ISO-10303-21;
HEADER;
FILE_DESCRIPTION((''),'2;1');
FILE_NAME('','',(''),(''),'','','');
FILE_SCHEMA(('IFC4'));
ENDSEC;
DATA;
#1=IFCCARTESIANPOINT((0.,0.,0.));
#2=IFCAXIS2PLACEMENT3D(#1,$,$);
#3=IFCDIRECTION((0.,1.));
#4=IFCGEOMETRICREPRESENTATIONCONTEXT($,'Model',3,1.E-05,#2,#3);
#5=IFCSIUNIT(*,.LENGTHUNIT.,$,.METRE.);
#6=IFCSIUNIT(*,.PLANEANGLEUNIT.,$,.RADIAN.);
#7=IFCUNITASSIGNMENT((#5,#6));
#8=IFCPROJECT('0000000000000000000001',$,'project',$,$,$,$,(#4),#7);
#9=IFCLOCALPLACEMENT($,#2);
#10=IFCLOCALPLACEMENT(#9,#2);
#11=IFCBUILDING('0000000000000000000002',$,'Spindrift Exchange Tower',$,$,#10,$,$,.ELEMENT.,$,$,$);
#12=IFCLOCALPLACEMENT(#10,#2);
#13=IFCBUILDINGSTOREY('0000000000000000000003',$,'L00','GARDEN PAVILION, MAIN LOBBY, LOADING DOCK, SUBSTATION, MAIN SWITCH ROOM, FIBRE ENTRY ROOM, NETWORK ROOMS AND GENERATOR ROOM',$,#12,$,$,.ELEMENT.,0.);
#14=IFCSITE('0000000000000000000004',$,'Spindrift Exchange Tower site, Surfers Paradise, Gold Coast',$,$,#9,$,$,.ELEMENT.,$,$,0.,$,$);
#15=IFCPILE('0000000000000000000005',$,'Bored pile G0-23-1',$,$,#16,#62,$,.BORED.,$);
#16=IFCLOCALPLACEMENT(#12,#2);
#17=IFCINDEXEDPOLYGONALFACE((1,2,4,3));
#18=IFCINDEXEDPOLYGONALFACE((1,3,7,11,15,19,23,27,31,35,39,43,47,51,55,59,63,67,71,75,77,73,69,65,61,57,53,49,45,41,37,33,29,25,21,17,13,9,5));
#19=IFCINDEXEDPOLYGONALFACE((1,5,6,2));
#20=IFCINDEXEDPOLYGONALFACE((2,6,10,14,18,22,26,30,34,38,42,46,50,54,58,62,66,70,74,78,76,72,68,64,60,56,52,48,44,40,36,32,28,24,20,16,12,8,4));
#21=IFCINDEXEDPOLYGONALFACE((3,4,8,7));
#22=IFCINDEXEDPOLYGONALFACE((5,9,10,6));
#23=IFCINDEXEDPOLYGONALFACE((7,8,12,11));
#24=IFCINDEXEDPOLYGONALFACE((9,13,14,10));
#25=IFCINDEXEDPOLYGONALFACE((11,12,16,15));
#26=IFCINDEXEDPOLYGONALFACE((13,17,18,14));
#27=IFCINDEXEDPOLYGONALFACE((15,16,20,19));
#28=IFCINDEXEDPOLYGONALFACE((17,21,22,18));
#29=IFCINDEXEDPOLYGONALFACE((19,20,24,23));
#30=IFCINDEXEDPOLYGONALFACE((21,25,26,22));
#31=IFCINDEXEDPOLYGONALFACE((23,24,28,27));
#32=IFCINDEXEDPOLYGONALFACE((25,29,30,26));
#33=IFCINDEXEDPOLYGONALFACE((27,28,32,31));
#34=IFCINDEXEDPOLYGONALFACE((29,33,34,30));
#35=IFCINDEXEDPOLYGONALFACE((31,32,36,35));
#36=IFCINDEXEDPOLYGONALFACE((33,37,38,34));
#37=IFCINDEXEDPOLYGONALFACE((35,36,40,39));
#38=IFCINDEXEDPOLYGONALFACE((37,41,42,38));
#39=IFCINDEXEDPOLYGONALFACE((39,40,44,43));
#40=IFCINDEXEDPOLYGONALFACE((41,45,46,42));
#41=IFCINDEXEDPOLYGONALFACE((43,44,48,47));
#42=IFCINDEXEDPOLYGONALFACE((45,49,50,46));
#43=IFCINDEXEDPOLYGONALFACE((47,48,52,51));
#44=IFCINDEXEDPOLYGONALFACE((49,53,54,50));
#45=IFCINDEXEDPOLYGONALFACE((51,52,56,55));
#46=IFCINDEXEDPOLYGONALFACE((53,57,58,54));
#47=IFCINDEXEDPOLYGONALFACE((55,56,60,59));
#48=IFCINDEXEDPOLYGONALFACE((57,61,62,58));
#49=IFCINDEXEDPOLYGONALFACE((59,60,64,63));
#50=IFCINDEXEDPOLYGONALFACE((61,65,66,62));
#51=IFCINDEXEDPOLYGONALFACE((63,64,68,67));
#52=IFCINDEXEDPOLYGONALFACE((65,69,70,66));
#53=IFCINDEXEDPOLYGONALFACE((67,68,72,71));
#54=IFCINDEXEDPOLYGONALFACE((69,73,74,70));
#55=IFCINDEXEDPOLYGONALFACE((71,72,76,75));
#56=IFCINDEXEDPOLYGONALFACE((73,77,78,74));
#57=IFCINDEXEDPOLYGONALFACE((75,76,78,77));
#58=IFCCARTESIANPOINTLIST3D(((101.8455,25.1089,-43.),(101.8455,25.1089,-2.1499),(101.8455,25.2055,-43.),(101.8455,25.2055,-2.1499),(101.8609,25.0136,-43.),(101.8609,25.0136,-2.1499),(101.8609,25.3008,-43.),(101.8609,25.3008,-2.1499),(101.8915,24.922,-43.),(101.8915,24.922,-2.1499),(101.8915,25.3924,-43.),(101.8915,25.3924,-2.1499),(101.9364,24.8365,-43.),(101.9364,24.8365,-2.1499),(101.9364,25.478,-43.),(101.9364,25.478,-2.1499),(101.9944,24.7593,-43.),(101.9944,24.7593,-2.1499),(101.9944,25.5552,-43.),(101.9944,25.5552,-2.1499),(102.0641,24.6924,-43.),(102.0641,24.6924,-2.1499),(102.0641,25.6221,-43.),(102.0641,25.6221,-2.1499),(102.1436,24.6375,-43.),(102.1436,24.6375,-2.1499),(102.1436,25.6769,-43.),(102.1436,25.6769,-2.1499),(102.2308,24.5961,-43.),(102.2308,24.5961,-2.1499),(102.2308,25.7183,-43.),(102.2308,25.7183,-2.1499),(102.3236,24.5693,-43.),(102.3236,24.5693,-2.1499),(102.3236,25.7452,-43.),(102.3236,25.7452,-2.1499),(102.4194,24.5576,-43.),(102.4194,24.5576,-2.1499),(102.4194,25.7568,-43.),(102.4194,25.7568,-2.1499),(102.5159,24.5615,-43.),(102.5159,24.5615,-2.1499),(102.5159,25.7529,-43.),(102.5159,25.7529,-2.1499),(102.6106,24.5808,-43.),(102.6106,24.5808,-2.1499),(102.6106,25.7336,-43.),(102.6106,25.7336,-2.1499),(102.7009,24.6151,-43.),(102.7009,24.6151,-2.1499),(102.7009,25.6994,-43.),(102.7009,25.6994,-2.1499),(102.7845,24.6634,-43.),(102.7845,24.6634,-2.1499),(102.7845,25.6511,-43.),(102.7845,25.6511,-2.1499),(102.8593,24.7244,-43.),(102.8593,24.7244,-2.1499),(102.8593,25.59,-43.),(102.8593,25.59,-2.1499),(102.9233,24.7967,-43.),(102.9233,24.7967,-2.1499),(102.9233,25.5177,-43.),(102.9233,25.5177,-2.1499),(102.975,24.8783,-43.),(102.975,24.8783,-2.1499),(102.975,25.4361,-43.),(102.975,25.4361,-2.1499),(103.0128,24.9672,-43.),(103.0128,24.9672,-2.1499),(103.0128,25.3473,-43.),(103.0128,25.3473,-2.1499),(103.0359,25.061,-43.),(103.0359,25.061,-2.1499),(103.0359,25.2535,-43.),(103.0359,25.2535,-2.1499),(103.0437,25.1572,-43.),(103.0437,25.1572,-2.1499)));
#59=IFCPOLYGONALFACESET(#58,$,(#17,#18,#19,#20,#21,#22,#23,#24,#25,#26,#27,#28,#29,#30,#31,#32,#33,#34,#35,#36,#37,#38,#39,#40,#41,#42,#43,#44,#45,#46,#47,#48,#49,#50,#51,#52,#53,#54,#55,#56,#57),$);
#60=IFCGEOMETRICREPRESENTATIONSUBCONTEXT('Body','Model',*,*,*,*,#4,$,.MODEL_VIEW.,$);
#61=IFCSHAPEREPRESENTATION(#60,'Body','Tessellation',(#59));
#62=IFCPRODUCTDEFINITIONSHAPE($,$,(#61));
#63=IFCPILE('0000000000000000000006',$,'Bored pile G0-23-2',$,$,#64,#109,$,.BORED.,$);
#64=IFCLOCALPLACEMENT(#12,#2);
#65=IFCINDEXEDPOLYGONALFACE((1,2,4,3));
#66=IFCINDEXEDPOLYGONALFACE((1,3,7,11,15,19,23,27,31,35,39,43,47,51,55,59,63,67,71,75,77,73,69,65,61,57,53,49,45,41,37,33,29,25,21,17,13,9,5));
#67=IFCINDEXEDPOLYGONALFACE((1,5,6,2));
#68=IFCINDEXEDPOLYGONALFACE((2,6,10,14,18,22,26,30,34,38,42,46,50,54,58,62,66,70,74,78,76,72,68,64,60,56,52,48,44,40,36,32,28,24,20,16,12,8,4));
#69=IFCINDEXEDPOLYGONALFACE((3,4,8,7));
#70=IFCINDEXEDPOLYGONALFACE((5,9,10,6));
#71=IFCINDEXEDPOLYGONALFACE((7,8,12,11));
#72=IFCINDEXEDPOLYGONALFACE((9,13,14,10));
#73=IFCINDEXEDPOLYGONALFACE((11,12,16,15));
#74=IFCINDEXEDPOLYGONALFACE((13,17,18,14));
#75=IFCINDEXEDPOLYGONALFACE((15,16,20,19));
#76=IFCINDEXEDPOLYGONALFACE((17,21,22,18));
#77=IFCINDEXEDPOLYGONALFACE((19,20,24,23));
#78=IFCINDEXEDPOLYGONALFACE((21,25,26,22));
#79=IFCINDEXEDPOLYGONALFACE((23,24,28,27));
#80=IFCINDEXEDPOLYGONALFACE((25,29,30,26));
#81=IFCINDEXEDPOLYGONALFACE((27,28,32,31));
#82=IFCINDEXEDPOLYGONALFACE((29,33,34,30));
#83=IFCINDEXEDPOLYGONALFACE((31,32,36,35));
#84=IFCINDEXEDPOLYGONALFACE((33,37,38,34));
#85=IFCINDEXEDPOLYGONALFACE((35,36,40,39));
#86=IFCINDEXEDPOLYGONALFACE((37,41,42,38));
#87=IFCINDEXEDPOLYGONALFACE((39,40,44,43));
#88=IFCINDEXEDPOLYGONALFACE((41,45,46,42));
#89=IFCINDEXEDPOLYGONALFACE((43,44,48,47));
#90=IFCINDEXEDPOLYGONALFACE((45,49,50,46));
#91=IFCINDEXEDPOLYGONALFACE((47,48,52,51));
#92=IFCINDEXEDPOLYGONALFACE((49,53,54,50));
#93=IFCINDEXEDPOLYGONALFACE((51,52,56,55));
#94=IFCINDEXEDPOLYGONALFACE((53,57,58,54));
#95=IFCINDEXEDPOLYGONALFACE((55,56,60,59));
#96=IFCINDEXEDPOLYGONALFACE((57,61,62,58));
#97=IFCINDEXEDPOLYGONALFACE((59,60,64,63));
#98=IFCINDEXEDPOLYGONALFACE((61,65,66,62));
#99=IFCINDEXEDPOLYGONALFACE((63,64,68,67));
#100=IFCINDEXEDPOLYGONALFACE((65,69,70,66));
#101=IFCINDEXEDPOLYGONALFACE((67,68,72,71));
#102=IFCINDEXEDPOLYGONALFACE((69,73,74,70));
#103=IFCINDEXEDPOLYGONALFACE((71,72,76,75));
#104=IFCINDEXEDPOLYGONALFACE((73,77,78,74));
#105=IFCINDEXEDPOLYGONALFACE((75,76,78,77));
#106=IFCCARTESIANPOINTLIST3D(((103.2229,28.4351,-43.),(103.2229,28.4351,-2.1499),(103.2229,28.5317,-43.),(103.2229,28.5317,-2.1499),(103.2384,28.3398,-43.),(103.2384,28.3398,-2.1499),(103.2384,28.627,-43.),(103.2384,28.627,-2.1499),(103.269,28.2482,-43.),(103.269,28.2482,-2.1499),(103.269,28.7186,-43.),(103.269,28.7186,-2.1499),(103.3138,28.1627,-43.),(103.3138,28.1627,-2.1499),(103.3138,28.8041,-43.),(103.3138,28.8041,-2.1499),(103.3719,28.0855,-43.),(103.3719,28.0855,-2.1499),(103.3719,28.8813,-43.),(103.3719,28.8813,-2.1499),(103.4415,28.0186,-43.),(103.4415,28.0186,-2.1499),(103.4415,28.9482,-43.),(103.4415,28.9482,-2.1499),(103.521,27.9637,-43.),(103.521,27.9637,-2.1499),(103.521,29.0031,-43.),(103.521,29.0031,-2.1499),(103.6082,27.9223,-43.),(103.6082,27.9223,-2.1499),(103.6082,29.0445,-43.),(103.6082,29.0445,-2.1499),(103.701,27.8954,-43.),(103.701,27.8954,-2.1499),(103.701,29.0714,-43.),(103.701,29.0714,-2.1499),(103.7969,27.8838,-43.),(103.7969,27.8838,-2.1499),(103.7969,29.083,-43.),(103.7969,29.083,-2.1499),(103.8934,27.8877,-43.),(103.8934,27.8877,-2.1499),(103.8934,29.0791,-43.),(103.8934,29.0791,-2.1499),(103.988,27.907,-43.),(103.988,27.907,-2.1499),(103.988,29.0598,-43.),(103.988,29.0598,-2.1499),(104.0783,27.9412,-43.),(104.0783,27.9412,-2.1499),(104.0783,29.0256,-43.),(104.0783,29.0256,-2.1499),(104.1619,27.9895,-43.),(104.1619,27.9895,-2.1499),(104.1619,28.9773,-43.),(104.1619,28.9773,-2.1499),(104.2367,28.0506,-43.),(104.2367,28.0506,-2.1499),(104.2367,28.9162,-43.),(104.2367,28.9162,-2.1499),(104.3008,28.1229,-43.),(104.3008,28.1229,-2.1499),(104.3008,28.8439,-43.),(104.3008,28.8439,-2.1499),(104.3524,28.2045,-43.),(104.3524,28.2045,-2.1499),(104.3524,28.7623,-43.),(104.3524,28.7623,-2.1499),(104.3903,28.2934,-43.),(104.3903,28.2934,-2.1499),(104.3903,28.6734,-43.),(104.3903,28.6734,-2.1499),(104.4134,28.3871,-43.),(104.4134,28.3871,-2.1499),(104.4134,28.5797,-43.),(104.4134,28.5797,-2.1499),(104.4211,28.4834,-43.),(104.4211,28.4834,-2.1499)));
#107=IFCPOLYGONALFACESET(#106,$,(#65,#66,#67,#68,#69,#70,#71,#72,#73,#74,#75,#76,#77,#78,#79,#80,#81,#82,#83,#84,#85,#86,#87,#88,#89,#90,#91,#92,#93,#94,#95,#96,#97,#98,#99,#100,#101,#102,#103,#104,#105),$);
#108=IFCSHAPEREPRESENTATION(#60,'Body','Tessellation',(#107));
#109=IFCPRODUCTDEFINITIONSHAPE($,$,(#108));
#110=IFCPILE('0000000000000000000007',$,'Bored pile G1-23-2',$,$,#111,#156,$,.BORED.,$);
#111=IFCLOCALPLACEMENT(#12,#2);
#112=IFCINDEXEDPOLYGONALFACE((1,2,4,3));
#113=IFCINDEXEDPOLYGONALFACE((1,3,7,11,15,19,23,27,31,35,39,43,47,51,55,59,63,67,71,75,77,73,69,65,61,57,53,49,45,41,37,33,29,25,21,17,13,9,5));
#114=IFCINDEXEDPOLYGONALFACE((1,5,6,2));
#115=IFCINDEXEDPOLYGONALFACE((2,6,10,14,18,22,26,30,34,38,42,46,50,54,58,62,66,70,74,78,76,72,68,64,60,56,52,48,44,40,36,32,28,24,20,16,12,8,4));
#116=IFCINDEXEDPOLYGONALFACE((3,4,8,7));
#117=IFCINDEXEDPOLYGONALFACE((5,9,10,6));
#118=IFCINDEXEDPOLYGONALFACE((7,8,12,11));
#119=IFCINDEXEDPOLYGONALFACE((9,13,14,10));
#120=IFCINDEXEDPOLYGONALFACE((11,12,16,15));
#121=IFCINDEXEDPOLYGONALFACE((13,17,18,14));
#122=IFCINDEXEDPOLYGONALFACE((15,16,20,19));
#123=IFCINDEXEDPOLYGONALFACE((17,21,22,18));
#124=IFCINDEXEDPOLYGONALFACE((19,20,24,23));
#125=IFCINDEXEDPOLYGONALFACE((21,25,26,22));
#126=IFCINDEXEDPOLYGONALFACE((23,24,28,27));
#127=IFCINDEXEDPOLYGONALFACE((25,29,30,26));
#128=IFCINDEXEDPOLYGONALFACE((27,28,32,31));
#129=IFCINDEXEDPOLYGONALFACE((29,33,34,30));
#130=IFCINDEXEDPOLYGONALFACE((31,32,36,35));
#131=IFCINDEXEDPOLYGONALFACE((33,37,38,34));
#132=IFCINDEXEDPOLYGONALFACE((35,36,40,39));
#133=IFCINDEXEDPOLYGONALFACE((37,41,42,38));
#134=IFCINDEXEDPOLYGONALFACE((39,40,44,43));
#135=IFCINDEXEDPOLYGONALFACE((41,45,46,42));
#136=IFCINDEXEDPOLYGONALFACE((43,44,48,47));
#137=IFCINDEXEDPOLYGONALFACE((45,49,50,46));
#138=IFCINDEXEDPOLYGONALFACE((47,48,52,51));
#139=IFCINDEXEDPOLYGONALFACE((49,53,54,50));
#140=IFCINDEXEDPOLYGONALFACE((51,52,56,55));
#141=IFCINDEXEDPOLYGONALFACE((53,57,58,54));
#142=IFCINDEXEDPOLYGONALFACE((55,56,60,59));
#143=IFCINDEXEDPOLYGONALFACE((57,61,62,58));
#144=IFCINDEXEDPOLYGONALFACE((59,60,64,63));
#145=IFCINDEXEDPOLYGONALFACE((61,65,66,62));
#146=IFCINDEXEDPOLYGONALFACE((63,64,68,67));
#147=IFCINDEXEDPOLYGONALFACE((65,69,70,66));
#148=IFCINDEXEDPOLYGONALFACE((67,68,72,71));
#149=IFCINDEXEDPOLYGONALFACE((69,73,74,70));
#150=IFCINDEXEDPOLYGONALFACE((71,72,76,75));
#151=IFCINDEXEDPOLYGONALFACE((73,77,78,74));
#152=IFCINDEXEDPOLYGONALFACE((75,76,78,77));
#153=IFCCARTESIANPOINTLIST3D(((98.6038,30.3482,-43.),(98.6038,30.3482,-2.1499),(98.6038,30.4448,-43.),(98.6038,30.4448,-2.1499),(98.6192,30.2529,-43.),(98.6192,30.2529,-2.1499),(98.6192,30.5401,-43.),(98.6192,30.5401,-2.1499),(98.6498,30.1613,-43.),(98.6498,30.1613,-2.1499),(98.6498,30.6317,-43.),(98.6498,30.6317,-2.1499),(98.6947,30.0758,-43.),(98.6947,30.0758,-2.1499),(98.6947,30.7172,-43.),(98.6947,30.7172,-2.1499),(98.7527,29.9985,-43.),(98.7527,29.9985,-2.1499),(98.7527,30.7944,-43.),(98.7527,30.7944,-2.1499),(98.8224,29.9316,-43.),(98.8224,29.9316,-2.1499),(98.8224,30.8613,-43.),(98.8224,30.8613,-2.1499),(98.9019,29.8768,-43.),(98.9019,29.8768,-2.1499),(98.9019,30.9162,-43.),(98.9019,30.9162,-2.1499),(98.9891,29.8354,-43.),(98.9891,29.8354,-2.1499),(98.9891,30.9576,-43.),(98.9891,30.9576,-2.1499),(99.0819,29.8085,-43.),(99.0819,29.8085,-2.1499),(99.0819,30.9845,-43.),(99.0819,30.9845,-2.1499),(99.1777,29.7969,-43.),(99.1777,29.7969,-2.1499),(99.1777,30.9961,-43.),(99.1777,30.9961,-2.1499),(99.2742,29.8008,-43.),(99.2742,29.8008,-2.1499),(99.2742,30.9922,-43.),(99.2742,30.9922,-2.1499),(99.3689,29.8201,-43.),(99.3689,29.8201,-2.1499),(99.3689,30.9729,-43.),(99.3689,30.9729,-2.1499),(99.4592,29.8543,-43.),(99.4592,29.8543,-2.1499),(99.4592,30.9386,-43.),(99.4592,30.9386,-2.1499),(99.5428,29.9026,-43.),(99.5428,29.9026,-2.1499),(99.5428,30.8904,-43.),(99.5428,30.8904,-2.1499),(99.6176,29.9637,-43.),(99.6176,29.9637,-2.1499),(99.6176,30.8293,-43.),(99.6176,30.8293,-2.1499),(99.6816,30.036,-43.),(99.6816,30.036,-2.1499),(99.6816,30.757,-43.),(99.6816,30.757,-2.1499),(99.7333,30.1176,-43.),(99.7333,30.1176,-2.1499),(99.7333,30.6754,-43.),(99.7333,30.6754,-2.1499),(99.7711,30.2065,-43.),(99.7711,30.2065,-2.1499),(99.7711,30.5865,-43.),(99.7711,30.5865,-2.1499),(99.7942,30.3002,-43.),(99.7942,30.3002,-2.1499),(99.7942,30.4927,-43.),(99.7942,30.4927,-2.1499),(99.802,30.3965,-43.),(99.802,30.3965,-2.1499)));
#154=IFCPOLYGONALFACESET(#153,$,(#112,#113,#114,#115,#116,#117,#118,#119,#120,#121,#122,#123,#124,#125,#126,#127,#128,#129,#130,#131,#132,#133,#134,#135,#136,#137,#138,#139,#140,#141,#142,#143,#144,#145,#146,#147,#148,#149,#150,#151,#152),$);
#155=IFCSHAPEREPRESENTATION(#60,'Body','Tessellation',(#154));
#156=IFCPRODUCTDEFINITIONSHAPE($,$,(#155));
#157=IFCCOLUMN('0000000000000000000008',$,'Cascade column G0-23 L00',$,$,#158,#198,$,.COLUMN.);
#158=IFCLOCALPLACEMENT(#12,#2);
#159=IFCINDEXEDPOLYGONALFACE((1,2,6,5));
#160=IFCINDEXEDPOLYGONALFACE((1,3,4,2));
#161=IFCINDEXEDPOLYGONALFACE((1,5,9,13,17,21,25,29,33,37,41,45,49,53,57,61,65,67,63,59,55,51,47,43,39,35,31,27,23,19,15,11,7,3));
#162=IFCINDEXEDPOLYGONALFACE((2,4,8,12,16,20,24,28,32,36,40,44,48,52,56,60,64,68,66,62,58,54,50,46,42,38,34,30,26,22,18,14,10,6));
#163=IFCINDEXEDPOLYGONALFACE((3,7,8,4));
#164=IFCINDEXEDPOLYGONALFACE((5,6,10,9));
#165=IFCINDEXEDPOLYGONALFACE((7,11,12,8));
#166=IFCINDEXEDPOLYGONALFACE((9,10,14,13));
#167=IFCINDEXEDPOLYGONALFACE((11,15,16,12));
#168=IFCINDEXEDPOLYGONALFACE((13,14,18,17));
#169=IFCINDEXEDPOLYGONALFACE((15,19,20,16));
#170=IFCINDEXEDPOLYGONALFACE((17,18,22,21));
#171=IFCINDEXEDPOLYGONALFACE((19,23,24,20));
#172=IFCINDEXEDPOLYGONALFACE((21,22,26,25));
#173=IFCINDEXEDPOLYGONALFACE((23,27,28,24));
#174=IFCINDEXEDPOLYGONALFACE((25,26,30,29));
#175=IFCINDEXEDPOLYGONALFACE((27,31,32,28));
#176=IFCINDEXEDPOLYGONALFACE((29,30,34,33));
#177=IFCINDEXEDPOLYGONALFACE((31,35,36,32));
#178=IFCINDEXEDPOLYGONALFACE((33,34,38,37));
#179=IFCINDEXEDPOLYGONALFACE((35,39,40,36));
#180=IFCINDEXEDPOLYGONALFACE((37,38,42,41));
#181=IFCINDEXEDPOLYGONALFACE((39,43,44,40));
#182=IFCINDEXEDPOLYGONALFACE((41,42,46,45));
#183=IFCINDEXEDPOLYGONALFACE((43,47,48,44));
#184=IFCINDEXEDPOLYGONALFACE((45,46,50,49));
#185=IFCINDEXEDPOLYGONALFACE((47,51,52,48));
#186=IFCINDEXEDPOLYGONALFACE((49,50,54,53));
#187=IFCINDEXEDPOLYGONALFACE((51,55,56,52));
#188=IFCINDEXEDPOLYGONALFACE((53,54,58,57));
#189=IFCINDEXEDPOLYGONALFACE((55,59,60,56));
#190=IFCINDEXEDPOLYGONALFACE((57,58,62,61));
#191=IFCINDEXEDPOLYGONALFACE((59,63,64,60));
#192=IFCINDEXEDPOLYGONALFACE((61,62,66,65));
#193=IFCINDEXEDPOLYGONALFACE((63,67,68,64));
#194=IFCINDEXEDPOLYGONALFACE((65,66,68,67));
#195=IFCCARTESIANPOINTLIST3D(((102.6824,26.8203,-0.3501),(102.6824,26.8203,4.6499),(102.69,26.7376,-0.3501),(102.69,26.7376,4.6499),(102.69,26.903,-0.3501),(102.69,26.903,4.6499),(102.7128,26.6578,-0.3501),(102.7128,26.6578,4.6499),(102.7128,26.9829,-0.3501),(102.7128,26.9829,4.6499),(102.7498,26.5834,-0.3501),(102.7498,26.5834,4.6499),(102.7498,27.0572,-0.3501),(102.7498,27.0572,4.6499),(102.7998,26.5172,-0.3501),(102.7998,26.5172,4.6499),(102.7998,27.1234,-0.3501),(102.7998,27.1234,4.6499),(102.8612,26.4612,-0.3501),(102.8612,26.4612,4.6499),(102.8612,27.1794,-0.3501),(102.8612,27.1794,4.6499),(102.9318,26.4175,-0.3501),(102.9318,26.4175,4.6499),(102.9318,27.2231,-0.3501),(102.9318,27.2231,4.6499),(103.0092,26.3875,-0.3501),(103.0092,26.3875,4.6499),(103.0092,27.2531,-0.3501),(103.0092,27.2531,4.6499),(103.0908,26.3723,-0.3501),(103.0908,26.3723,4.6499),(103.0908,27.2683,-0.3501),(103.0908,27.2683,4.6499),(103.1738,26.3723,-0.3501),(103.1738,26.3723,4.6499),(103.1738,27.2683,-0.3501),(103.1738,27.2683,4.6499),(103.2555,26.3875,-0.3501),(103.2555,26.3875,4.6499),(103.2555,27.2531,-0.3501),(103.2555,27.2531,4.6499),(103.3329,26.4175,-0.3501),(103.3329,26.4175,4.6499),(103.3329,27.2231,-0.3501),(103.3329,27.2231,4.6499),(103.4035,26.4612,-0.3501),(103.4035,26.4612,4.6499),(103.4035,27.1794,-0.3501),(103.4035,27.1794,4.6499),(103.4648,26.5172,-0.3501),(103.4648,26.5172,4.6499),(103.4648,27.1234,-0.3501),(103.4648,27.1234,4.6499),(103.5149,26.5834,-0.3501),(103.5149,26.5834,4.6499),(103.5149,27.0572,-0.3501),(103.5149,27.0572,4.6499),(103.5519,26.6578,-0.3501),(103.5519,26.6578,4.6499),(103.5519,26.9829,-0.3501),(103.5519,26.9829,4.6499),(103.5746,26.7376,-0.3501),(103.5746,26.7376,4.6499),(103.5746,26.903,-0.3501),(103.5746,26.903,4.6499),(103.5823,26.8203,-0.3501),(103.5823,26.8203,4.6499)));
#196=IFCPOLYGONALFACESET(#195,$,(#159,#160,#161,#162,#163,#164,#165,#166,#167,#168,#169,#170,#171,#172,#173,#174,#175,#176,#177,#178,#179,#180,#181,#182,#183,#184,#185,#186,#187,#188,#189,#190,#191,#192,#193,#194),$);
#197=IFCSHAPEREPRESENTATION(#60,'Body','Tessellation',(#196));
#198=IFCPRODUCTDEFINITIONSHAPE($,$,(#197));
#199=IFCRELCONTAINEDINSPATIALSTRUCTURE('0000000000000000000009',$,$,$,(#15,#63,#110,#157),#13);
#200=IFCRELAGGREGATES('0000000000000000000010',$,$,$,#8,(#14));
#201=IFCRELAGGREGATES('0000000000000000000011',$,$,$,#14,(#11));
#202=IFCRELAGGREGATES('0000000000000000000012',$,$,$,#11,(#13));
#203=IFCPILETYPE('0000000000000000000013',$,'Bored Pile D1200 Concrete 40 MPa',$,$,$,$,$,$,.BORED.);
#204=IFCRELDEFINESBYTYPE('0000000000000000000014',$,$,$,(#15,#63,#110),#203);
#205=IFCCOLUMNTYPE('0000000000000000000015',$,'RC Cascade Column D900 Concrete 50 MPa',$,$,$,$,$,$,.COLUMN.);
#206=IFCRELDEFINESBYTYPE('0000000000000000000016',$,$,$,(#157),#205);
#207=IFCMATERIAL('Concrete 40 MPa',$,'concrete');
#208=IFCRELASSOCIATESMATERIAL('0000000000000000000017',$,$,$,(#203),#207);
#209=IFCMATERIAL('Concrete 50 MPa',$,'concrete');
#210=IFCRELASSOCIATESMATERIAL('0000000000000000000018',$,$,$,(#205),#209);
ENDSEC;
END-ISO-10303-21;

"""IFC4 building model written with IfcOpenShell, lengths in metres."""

from ifc_helpers import new_model, si_unit, direction, frame, origin, origin_2d, place, context, subcontext, project, spatial, circle, extrude, source, transform, mapped, material, material_profile, profile_set, type_object, element, save


model = new_model("IFC4")

# Units and contexts
model_context = context("Model", 3, precision=1e-05, world=origin(), true_north=direction((0.0, 1.0)))
body_context = subcontext(model_context, "Body", "Model", "MODEL_VIEW")
ifc_project = project(units=[si_unit("LENGTHUNIT", "METRE"), si_unit("PLANEANGLEUNIT", "RADIAN")], contexts=[model_context])

# Site, building, storey
site_placement = place(None, origin())
site = spatial("IfcSite", under=ifc_project, at=site_placement, Name="Spindrift Exchange Tower site, Surfers Paradise, Gold Coast", CompositionType="ELEMENT", RefElevation=0.0)
building_placement = place(site_placement, origin())
building = spatial("IfcBuilding", under=site, at=building_placement, Name="Spindrift Exchange Tower", CompositionType="ELEMENT")
storey_placement = place(building_placement, origin())
storey = spatial("IfcBuildingStorey", under=building, at=storey_placement, Name="L00", Description="GARDEN PAVILION, MAIN LOBBY, LOADING DOCK, SUBSTATION, MAIN SWITCH ROOM, FIBRE ENTRY ROOM, NETWORK ROOMS AND GENERATOR ROOM", CompositionType="ELEMENT", Elevation=0.0)

# Piles
ifc_material_1 = material(Name="Concrete 40 MPa", Category="concrete")
ifc_material_profile_1 = material_profile(ifc_material_1, circle(Radius=0.6001, at=origin_2d()), Name="BP D1200")
ifc_profile_set_1 = profile_set([ifc_material_profile_1], Name="Concrete 40 MPa")
pile_type = type_object("IfcPileType", Name="Bored Pile D1200 Concrete 40 MPa", PredefinedType="BORED", material=ifc_profile_set_1)
shared_shape_1 = source(origin(), body_context, "Body", "SweptSolid", [
    extrude(circle(Radius=0.6001, at=origin_2d()), origin(), (0.0, 0.0, 1.0), 40.8501),
])
for number, where, z_axis, x_axis, name in (
    (1, (102.4436, 25.1572, -2.1499), (0.0, 0.0, -1.0), (1.0, 0.0, 0.0), "Bored pile G0-23-1"),
    (2, (103.821, 28.4834, -2.1499), (0.0, 0.0, -1.0), (1.0, 0.0, 0.0), "Bored pile G0-23-2"),
    (3, (99.2019, 30.3965, -2.1499), (0.0, 0.0, -1.0), (1.0, 0.0, 0.0), "Bored pile G1-23-2"),
):
    element("IfcPile", number, at=place(storey_placement, frame(where, z_axis=z_axis, x_axis=x_axis)), inside=storey, type_object=pile_type, Name=name, PredefinedType="BORED", context=body_context, shape_type="MappedRepresentation", body=[
        mapped(shared_shape_1, transform((0.0, 0.0, 0.0), scale=1.0)),
    ])

# Column
ifc_material_2 = material(Name="Concrete 50 MPa", Category="concrete")
ifc_material_profile_2 = material_profile(ifc_material_2, circle(Radius=0.45, at=origin_2d()), Name="RC D900")
ifc_profile_set_2 = profile_set([ifc_material_profile_2], Name="Concrete 50 MPa")
column_type = type_object("IfcColumnType", Name="RC Cascade Column D900 Concrete 50 MPa", PredefinedType="COLUMN", material=ifc_profile_set_2)
shared_shape_2 = source(origin(), body_context, "Body", "SweptSolid", [
    extrude(circle(Radius=0.45, at=origin_2d()), origin(), (0.0, 0.0, 1.0), 5.0),
])
column_1_placement = place(storey_placement, frame((103.1323, 26.8203, -0.3501), z_axis=(0.0, 0.0, 1.0), x_axis=(1.0, 0.0, 0.0)))
element("IfcColumn", 4, at=column_1_placement, inside=storey, type_object=column_type, Name="Cascade column G0-23 L00", PredefinedType="COLUMN", context=body_context, shape_type="MappedRepresentation", body=[
    mapped(shared_shape_2, transform((0.0, 0.0, 0.0), scale=1.0)),
])

save(model, "model.ifc")
